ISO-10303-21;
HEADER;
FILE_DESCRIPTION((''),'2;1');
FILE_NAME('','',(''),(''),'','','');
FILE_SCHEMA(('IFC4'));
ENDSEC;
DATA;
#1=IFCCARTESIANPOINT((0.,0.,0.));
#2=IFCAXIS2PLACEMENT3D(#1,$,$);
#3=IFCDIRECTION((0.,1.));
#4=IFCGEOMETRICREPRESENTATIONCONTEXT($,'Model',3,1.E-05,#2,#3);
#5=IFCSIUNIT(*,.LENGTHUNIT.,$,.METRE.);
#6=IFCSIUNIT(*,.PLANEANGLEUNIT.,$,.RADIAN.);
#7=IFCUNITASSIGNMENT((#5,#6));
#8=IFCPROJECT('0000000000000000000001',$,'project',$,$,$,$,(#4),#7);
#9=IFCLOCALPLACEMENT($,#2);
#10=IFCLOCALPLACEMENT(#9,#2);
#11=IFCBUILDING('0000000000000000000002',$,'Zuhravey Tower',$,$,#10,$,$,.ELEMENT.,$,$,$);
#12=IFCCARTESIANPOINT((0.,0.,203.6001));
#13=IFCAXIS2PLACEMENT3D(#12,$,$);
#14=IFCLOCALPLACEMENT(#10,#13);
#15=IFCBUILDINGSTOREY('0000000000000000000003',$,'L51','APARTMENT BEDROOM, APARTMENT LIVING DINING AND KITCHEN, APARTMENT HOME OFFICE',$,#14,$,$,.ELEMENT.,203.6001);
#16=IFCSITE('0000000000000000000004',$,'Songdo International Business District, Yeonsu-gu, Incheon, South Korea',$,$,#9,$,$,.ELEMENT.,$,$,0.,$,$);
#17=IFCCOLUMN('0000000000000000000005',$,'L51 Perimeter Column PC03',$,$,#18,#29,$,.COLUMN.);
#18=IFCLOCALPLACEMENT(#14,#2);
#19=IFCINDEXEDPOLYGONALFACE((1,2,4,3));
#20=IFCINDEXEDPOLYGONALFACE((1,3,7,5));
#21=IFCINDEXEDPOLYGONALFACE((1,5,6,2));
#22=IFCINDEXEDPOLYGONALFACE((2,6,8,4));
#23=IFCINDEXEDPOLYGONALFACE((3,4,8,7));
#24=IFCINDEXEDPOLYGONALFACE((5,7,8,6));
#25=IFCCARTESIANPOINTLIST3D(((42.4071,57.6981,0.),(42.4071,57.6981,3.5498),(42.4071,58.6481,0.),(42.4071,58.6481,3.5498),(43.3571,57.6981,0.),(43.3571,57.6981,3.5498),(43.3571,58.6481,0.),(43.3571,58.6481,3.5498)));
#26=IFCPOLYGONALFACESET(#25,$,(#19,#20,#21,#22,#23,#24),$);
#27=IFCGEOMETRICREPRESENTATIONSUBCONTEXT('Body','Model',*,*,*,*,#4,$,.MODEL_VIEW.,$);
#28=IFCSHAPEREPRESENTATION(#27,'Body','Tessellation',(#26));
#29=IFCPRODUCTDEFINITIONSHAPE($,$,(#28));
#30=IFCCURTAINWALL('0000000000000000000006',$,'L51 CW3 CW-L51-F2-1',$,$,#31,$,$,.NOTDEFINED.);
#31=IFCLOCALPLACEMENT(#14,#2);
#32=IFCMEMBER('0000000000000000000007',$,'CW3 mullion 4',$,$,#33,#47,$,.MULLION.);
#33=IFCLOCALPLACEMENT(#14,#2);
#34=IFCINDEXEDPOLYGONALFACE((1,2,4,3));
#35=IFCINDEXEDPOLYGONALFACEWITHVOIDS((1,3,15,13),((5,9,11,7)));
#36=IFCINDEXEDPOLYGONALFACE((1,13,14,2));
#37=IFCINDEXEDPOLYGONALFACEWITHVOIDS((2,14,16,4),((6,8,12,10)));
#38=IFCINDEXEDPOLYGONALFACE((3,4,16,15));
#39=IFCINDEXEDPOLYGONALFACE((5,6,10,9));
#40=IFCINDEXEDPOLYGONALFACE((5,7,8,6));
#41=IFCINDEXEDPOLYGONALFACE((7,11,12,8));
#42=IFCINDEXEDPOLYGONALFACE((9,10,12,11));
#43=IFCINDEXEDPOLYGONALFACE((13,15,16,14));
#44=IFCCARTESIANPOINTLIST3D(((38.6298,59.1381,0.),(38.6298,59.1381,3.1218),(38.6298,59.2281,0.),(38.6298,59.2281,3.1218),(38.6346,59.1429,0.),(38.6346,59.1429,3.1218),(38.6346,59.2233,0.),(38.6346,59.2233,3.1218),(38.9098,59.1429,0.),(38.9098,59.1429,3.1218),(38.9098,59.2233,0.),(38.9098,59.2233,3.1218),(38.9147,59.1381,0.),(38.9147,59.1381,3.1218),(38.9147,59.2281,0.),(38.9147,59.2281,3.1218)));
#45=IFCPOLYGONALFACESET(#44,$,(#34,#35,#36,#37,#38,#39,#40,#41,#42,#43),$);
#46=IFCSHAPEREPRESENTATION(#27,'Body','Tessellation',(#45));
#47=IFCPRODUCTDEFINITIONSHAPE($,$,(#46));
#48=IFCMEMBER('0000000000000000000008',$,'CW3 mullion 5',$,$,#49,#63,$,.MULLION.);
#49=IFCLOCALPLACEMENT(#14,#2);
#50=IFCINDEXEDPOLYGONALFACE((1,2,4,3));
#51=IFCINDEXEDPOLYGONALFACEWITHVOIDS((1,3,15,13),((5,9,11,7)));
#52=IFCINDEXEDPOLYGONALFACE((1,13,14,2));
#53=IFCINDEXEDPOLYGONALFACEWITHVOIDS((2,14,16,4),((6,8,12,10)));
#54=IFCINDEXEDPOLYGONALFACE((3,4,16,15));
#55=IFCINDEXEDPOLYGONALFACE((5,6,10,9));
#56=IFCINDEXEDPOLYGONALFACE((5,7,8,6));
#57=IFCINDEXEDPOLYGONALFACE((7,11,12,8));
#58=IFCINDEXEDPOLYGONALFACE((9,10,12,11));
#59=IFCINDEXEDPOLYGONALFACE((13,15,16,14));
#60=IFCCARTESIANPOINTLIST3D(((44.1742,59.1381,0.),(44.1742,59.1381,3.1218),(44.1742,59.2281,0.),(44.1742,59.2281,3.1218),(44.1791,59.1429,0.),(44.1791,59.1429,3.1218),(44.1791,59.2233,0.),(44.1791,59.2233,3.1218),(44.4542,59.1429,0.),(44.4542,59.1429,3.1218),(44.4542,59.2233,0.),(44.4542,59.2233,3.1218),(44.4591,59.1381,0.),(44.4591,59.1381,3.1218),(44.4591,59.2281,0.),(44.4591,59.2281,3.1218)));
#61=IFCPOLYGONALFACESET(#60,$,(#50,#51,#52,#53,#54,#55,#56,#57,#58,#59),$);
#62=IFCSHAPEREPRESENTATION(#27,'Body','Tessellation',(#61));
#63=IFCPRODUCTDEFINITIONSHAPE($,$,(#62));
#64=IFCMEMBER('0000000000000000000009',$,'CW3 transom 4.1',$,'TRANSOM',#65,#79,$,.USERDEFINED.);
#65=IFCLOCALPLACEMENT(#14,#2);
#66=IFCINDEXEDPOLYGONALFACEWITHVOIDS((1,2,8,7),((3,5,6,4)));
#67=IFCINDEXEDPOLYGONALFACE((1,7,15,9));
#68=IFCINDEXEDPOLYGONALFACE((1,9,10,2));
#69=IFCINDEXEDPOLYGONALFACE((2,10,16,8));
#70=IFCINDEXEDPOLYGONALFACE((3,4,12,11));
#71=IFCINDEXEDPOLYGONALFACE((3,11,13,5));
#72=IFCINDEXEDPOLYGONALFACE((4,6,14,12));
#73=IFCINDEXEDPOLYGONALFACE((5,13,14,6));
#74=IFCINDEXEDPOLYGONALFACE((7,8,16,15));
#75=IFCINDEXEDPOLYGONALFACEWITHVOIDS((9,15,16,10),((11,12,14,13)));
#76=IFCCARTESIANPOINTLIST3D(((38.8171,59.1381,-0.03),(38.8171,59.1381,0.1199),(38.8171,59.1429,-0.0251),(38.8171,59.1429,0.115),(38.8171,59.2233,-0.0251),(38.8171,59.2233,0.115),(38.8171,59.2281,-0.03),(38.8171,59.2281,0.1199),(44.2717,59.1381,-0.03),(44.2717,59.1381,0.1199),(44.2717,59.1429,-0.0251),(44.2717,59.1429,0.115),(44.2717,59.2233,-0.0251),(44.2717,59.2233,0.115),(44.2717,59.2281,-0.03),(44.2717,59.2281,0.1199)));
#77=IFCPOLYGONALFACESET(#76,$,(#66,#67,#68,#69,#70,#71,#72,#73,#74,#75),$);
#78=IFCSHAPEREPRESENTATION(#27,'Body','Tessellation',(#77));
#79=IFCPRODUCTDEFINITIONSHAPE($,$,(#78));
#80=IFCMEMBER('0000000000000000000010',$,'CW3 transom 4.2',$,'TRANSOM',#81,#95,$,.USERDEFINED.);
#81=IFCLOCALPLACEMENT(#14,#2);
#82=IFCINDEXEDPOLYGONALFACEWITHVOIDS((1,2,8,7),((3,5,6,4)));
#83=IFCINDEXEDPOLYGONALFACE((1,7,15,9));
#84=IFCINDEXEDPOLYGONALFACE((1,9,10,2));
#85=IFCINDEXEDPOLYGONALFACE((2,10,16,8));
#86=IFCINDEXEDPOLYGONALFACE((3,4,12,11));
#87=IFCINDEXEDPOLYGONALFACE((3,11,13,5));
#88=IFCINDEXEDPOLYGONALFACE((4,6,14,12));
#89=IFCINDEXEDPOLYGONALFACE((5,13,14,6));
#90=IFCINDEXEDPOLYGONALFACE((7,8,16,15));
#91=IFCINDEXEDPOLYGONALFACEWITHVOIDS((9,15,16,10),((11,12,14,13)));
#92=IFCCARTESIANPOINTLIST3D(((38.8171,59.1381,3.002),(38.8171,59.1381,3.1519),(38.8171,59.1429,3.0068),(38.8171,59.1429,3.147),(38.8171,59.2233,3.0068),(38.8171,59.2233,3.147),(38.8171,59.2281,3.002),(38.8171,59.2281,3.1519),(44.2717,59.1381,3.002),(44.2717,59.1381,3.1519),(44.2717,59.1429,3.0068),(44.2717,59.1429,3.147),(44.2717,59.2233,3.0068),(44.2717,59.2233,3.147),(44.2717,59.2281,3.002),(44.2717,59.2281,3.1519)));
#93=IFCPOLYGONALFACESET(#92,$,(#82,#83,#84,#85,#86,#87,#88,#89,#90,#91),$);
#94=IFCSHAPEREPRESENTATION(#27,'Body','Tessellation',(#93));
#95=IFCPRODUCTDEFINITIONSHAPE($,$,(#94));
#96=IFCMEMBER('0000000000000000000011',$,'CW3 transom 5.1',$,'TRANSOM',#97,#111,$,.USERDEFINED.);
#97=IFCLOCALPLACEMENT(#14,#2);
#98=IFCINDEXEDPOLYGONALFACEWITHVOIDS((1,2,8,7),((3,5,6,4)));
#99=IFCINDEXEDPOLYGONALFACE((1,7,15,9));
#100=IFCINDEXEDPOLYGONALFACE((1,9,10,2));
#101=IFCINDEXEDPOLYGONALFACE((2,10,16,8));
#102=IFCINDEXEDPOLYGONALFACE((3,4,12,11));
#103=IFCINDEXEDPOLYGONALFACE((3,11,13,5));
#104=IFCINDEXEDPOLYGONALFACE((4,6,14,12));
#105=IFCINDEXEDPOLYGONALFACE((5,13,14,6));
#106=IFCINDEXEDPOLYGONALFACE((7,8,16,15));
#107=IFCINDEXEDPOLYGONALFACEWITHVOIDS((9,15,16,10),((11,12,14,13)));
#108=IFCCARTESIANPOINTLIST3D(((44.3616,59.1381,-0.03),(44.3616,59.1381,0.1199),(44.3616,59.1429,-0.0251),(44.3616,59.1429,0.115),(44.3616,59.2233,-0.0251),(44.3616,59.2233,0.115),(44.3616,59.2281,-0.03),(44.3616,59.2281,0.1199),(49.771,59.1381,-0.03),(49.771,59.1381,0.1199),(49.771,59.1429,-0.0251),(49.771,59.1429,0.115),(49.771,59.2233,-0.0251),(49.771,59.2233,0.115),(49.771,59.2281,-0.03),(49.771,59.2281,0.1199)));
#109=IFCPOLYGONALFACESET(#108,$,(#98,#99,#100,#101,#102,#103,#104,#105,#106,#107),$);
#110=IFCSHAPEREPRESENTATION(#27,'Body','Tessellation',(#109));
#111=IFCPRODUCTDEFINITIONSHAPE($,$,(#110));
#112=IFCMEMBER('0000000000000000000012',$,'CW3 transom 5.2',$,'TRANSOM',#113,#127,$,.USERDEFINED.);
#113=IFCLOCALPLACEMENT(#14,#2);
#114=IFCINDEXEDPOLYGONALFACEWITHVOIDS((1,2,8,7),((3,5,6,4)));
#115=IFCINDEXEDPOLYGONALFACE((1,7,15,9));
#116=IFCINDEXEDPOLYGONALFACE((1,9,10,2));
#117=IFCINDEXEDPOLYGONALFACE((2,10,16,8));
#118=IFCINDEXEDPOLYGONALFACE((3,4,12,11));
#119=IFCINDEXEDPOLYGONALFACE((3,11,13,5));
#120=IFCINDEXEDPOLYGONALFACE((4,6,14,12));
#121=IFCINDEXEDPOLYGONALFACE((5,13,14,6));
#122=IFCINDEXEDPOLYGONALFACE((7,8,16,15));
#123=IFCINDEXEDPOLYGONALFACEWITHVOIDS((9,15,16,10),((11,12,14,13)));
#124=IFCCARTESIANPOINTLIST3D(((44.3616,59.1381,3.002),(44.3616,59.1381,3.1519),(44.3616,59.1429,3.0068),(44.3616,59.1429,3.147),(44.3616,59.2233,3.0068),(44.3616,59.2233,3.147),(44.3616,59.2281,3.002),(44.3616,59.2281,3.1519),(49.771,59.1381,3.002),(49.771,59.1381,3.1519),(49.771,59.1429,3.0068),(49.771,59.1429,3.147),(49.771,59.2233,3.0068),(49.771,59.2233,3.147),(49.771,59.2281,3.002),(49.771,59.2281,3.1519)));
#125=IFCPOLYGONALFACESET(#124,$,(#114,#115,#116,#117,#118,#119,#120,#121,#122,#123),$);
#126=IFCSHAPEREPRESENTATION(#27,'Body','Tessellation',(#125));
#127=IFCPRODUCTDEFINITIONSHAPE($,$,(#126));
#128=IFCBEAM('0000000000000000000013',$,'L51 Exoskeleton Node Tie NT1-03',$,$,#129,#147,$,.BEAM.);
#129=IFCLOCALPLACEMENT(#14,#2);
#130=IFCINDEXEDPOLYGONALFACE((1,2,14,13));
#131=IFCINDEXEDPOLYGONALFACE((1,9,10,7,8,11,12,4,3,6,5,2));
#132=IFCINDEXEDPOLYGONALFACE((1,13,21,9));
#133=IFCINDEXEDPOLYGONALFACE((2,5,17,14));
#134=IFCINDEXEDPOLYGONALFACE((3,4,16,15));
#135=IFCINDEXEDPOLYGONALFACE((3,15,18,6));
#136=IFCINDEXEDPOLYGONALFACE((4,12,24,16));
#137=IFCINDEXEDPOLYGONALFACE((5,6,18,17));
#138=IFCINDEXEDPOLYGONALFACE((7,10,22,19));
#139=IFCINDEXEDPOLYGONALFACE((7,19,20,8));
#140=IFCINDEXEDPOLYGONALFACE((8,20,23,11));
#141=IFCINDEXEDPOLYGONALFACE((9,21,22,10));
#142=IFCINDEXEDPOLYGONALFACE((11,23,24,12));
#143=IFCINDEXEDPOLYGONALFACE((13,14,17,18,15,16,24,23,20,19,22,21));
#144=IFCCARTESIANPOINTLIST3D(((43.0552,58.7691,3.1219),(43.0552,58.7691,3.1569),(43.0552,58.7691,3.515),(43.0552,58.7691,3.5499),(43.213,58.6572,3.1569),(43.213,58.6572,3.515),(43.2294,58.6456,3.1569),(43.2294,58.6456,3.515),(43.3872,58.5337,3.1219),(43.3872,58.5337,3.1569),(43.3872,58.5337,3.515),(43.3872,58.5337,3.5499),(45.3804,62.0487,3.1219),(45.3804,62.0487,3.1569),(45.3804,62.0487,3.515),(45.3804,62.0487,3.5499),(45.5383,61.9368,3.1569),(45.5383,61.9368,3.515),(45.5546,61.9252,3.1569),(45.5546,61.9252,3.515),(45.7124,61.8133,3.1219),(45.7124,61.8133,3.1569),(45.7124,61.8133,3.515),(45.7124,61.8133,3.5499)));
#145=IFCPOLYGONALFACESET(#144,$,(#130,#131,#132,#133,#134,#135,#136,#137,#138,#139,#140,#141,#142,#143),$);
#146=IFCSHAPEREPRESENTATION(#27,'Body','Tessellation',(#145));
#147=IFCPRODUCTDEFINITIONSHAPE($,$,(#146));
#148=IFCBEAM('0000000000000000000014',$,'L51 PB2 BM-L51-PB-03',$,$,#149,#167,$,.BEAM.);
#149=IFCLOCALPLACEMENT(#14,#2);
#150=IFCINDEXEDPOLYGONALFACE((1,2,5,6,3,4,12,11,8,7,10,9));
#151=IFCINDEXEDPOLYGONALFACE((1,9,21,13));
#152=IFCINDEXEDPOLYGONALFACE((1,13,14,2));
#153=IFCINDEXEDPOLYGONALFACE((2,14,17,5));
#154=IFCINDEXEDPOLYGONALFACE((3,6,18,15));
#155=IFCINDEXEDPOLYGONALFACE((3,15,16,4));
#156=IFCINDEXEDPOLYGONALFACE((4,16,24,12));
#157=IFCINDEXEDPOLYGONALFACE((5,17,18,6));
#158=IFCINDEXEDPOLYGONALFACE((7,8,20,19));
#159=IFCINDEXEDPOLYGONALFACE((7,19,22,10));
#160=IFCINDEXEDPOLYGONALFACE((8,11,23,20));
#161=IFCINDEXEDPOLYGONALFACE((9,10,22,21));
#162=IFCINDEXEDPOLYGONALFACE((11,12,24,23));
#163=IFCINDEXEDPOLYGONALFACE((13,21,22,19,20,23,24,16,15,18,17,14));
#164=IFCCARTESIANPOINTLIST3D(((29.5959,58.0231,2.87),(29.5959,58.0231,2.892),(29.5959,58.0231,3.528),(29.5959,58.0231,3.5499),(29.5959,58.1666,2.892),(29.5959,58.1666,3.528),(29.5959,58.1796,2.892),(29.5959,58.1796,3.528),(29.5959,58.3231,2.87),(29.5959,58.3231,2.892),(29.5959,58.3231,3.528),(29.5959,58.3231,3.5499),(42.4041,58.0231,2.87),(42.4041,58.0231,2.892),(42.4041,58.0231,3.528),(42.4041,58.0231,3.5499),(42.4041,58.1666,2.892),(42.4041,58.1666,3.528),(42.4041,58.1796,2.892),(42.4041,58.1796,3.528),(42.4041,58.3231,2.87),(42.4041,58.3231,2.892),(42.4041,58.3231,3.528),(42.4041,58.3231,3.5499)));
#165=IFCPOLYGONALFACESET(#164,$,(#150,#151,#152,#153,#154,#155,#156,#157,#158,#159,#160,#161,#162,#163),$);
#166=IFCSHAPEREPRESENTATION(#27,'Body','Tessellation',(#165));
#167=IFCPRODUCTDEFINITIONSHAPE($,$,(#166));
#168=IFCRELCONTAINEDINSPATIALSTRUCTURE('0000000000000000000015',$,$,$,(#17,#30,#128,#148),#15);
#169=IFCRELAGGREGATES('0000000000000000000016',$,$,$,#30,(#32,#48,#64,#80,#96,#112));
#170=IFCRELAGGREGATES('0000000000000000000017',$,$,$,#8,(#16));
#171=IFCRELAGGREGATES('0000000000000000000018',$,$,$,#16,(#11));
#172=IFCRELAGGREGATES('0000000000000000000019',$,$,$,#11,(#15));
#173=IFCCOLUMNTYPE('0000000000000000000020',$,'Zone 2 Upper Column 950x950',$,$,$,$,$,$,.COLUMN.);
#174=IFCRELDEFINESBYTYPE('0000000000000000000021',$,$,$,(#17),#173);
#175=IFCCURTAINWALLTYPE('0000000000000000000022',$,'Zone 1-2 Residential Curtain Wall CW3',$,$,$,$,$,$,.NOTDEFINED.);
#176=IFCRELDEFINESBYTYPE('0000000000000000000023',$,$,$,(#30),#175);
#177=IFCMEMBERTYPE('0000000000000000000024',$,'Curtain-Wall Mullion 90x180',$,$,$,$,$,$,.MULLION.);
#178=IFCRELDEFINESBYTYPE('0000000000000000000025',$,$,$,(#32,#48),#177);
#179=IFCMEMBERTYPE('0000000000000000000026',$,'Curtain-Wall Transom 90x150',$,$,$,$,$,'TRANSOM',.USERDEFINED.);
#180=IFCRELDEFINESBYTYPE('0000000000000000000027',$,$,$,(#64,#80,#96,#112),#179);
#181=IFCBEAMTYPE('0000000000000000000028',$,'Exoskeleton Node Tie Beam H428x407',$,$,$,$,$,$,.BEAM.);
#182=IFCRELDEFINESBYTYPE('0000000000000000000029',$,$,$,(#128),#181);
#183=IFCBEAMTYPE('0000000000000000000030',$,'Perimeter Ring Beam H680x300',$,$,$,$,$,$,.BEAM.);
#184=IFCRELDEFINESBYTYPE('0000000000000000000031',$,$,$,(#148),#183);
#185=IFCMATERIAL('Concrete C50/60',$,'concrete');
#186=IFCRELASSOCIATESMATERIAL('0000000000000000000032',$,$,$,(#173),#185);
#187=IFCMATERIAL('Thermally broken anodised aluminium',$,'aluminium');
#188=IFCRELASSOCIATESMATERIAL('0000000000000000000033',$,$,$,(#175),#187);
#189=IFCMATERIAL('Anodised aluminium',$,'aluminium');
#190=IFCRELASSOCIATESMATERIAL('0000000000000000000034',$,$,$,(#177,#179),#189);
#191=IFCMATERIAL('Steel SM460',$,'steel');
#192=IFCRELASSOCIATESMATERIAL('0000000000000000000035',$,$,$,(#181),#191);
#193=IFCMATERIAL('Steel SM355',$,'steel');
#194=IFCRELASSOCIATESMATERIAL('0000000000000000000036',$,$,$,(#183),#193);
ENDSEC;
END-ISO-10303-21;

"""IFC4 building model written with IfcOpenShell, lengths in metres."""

from ifc_helpers import new_model, si_unit, direction, frame, origin, origin_2d, place, context, subcontext, project, spatial, rectangle, hollow_rectangle, i_section, extrude, material, material_profile, profile_set, type_object, element, aggregate, save


model = new_model("IFC4")

# Units and contexts
model_context = context("Model", 3, precision=1e-05, world=origin(), true_north=direction((0.0, 1.0)))
body_context = subcontext(model_context, "Body", "Model", "MODEL_VIEW")
ifc_project = project(units=[si_unit("LENGTHUNIT", "METRE"), si_unit("PLANEANGLEUNIT", "RADIAN")], contexts=[model_context])

# Site, building, storey
site_placement = place(None, origin())
site = spatial("IfcSite", under=ifc_project, at=site_placement, Name="Songdo International Business District, Yeonsu-gu, Incheon, South Korea", CompositionType="ELEMENT", RefElevation=0.0)
building_placement = place(site_placement, origin())
building = spatial("IfcBuilding", under=site, at=building_placement, Name="Zuhravey Tower", CompositionType="ELEMENT")
storey_placement = place(building_placement, frame((0.0, 0.0, 203.6001)))
storey = spatial("IfcBuildingStorey", under=building, at=storey_placement, Name="L51", Description="APARTMENT BEDROOM, APARTMENT LIVING DINING AND KITCHEN, APARTMENT HOME OFFICE", CompositionType="ELEMENT", Elevation=203.6001)

# Column
ifc_material_1 = material(Name="Concrete C50/60", Category="concrete")
ifc_material_profile_1 = material_profile(ifc_material_1, rectangle(XDim=0.95, YDim=0.95, at=origin_2d()), Name="RC-950x950")
ifc_profile_set_1 = profile_set([ifc_material_profile_1], Name="Concrete C50/60")
column_type = type_object("IfcColumnType", Name="Zone 2 Upper Column 950x950", PredefinedType="COLUMN", material=ifc_profile_set_1)
column_placement = place(storey_placement, frame((42.8821, 58.1731, 0.0), z_axis=(0.0, 0.0, 1.0), x_axis=(-1.0, 0.0, 0.0)))
element("IfcColumn", 1, at=column_placement, inside=storey, type_object=column_type, Name="L51 Perimeter Column PC03", PredefinedType="COLUMN", context=body_context, shape_type="SweptSolid", body=[
    extrude(rectangle(XDim=0.95, YDim=0.95, at=origin_2d()), origin(), (0.0, 0.0, 1.0), 3.5498),
])

# Curtain wall, members
ifc_material_2 = material(Name="Thermally broken anodised aluminium", Category="aluminium")
curtain_wall_type = type_object("IfcCurtainWallType", Name="Zone 1-2 Residential Curtain Wall CW3", PredefinedType="NOTDEFINED", material=ifc_material_2)
curtain_wall_placement = place(storey_placement, origin())
curtain_wall = element("IfcCurtainWall", 2, at=curtain_wall_placement, inside=storey, type_object=curtain_wall_type, Name="L51 CW3 CW-L51-F2-1", PredefinedType="NOTDEFINED")
ifc_material_3 = material(Name="Anodised aluminium", Category="aluminium")
ifc_material_profile_2 = material_profile(ifc_material_3, hollow_rectangle(XDim=0.0901, YDim=0.2849, WallThickness=0.0049, at=origin_2d()), Name="ALU-RHS-90x285x5")
ifc_profile_set_2 = profile_set([ifc_material_profile_2], Name="Anodised aluminium")
member_type_1 = type_object("IfcMemberType", Name="Curtain-Wall Mullion 90x180", PredefinedType="MULLION", material=ifc_profile_set_2)
member_1_placement = place(storey_placement, frame((38.7722, 59.1831, 0.0), z_axis=(0.0, 0.0, 1.0), x_axis=(0.0, 1.0, 0.0)))
member_1 = element("IfcMember", 3, at=member_1_placement, type_object=member_type_1, Name="CW3 mullion 4", PredefinedType="MULLION", context=body_context, shape_type="SweptSolid", body=[
    extrude(hollow_rectangle(XDim=0.0901, YDim=0.2849, WallThickness=0.0049, at=origin_2d()), origin(), (0.0, 0.0, 1.0), 3.1218),
])
member_2_placement = place(storey_placement, frame((44.3167, 59.1831, 0.0), z_axis=(0.0, 0.0, 1.0), x_axis=(0.0, 1.0, 0.0)))
member_2 = element("IfcMember", 4, at=member_2_placement, type_object=member_type_1, Name="CW3 mullion 5", PredefinedType="MULLION", context=body_context, shape_type="SweptSolid", body=[
    extrude(hollow_rectangle(XDim=0.0901, YDim=0.2849, WallThickness=0.0049, at=origin_2d()), origin(), (0.0, 0.0, 1.0), 3.1218),
])
ifc_material_profile_3 = material_profile(ifc_material_3, hollow_rectangle(XDim=0.0901, YDim=0.1499, WallThickness=0.0049, at=origin_2d()), Name="ALU-RHS-90x150x5")
ifc_profile_set_3 = profile_set([ifc_material_profile_3], Name="Anodised aluminium")
member_type_2 = type_object("IfcMemberType", Name="Curtain-Wall Transom 90x150", ElementType="TRANSOM", PredefinedType="USERDEFINED", material=ifc_profile_set_3)
member_3_placement = place(storey_placement, frame((38.8171, 59.1831, 0.0449), z_axis=(1.0, 0.0, 0.0), x_axis=(0.0, 1.0, 0.0)))
member_3 = element("IfcMember", 5, at=member_3_placement, type_object=member_type_2, Name="CW3 transom 4.1", ObjectType="TRANSOM", PredefinedType="USERDEFINED", context=body_context, shape_type="SweptSolid", body=[
    extrude(hollow_rectangle(XDim=0.0901, YDim=0.1499, WallThickness=0.0049, at=origin_2d()), origin(), (0.0, 0.0, 1.0), 5.4546),
])
member_4_placement = place(storey_placement, frame((38.8171, 59.1831, 3.0769), z_axis=(1.0, 0.0, 0.0), x_axis=(0.0, 1.0, 0.0)))
member_4 = element("IfcMember", 6, at=member_4_placement, type_object=member_type_2, Name="CW3 transom 4.2", ObjectType="TRANSOM", PredefinedType="USERDEFINED", context=body_context, shape_type="SweptSolid", body=[
    extrude(hollow_rectangle(XDim=0.0901, YDim=0.1499, WallThickness=0.0049, at=origin_2d()), origin(), (0.0, 0.0, 1.0), 5.4546),
])
member_5_placement = place(storey_placement, frame((44.3616, 59.1831, 0.0449), z_axis=(1.0, 0.0, 0.0), x_axis=(0.0, 1.0, 0.0)))
member_5 = element("IfcMember", 7, at=member_5_placement, type_object=member_type_2, Name="CW3 transom 5.1", ObjectType="TRANSOM", PredefinedType="USERDEFINED", context=body_context, shape_type="SweptSolid", body=[
    extrude(hollow_rectangle(XDim=0.0901, YDim=0.1499, WallThickness=0.0049, at=origin_2d()), origin(), (0.0, 0.0, 1.0), 5.4094),
])
member_6_placement = place(storey_placement, frame((44.3616, 59.1831, 3.0769), z_axis=(1.0, 0.0, 0.0), x_axis=(0.0, 1.0, 0.0)))
member_6 = element("IfcMember", 8, at=member_6_placement, type_object=member_type_2, Name="CW3 transom 5.2", ObjectType="TRANSOM", PredefinedType="USERDEFINED", context=body_context, shape_type="SweptSolid", body=[
    extrude(hollow_rectangle(XDim=0.0901, YDim=0.1499, WallThickness=0.0049, at=origin_2d()), origin(), (0.0, 0.0, 1.0), 5.4094),
])

# Beams
ifc_material_4 = material(Name="Steel SM460", Category="steel")
ifc_material_profile_4 = material_profile(ifc_material_4, i_section(OverallWidth=0.407, OverallDepth=0.428, WebThickness=0.02, FlangeThickness=0.0349, at=origin_2d()), Name="H-428x407x20x35")
ifc_profile_set_4 = profile_set([ifc_material_profile_4], Name="Steel SM460")
beam_type_1 = type_object("IfcBeamType", Name="Exoskeleton Node Tie Beam H428x407", PredefinedType="BEAM", material=ifc_profile_set_4)
beam_1_placement = place(storey_placement, frame((43.2212, 58.6514, 3.3359), z_axis=(0.57838, 0.815768, 0.0), x_axis=(-0.815768, 0.57838, 0.0)))
element("IfcBeam", 9, at=beam_1_placement, inside=storey, type_object=beam_type_1, Name="L51 Exoskeleton Node Tie NT1-03", PredefinedType="BEAM", context=body_context, shape_type="SweptSolid", body=[
    extrude(i_section(OverallWidth=0.407, OverallDepth=0.428, WebThickness=0.02, FlangeThickness=0.0349, at=origin_2d()), origin(), (0.0, 0.0, 1.0), 4.0203),
])
ifc_material_5 = material(Name="Steel SM355", Category="steel")
ifc_material_profile_5 = material_profile(ifc_material_5, i_section(OverallWidth=0.3, OverallDepth=0.6799, WebThickness=0.0129, FlangeThickness=0.022, at=origin_2d()), Name="H-680x300x13x22")
ifc_profile_set_5 = profile_set([ifc_material_profile_5], Name="Steel SM355")
beam_type_2 = type_object("IfcBeamType", Name="Perimeter Ring Beam H680x300", PredefinedType="BEAM", material=ifc_profile_set_5)
beam_2_placement = place(storey_placement, frame((42.4041, 58.1731, 3.21), z_axis=(-1.0, 0.0, 0.0), x_axis=(0.0, -1.0, 0.0)))
element("IfcBeam", 10, at=beam_2_placement, inside=storey, type_object=beam_type_2, Name="L51 PB2 BM-L51-PB-03", PredefinedType="BEAM", context=body_context, shape_type="SweptSolid", body=[
    extrude(i_section(OverallWidth=0.3, OverallDepth=0.6799, WebThickness=0.0129, FlangeThickness=0.022, at=origin_2d()), origin(), (0.0, 0.0, 1.0), 12.8081),
])

aggregate(curtain_wall, [member_1, member_2, member_3, member_4, member_5, member_6])

save(model, "model.ifc")
